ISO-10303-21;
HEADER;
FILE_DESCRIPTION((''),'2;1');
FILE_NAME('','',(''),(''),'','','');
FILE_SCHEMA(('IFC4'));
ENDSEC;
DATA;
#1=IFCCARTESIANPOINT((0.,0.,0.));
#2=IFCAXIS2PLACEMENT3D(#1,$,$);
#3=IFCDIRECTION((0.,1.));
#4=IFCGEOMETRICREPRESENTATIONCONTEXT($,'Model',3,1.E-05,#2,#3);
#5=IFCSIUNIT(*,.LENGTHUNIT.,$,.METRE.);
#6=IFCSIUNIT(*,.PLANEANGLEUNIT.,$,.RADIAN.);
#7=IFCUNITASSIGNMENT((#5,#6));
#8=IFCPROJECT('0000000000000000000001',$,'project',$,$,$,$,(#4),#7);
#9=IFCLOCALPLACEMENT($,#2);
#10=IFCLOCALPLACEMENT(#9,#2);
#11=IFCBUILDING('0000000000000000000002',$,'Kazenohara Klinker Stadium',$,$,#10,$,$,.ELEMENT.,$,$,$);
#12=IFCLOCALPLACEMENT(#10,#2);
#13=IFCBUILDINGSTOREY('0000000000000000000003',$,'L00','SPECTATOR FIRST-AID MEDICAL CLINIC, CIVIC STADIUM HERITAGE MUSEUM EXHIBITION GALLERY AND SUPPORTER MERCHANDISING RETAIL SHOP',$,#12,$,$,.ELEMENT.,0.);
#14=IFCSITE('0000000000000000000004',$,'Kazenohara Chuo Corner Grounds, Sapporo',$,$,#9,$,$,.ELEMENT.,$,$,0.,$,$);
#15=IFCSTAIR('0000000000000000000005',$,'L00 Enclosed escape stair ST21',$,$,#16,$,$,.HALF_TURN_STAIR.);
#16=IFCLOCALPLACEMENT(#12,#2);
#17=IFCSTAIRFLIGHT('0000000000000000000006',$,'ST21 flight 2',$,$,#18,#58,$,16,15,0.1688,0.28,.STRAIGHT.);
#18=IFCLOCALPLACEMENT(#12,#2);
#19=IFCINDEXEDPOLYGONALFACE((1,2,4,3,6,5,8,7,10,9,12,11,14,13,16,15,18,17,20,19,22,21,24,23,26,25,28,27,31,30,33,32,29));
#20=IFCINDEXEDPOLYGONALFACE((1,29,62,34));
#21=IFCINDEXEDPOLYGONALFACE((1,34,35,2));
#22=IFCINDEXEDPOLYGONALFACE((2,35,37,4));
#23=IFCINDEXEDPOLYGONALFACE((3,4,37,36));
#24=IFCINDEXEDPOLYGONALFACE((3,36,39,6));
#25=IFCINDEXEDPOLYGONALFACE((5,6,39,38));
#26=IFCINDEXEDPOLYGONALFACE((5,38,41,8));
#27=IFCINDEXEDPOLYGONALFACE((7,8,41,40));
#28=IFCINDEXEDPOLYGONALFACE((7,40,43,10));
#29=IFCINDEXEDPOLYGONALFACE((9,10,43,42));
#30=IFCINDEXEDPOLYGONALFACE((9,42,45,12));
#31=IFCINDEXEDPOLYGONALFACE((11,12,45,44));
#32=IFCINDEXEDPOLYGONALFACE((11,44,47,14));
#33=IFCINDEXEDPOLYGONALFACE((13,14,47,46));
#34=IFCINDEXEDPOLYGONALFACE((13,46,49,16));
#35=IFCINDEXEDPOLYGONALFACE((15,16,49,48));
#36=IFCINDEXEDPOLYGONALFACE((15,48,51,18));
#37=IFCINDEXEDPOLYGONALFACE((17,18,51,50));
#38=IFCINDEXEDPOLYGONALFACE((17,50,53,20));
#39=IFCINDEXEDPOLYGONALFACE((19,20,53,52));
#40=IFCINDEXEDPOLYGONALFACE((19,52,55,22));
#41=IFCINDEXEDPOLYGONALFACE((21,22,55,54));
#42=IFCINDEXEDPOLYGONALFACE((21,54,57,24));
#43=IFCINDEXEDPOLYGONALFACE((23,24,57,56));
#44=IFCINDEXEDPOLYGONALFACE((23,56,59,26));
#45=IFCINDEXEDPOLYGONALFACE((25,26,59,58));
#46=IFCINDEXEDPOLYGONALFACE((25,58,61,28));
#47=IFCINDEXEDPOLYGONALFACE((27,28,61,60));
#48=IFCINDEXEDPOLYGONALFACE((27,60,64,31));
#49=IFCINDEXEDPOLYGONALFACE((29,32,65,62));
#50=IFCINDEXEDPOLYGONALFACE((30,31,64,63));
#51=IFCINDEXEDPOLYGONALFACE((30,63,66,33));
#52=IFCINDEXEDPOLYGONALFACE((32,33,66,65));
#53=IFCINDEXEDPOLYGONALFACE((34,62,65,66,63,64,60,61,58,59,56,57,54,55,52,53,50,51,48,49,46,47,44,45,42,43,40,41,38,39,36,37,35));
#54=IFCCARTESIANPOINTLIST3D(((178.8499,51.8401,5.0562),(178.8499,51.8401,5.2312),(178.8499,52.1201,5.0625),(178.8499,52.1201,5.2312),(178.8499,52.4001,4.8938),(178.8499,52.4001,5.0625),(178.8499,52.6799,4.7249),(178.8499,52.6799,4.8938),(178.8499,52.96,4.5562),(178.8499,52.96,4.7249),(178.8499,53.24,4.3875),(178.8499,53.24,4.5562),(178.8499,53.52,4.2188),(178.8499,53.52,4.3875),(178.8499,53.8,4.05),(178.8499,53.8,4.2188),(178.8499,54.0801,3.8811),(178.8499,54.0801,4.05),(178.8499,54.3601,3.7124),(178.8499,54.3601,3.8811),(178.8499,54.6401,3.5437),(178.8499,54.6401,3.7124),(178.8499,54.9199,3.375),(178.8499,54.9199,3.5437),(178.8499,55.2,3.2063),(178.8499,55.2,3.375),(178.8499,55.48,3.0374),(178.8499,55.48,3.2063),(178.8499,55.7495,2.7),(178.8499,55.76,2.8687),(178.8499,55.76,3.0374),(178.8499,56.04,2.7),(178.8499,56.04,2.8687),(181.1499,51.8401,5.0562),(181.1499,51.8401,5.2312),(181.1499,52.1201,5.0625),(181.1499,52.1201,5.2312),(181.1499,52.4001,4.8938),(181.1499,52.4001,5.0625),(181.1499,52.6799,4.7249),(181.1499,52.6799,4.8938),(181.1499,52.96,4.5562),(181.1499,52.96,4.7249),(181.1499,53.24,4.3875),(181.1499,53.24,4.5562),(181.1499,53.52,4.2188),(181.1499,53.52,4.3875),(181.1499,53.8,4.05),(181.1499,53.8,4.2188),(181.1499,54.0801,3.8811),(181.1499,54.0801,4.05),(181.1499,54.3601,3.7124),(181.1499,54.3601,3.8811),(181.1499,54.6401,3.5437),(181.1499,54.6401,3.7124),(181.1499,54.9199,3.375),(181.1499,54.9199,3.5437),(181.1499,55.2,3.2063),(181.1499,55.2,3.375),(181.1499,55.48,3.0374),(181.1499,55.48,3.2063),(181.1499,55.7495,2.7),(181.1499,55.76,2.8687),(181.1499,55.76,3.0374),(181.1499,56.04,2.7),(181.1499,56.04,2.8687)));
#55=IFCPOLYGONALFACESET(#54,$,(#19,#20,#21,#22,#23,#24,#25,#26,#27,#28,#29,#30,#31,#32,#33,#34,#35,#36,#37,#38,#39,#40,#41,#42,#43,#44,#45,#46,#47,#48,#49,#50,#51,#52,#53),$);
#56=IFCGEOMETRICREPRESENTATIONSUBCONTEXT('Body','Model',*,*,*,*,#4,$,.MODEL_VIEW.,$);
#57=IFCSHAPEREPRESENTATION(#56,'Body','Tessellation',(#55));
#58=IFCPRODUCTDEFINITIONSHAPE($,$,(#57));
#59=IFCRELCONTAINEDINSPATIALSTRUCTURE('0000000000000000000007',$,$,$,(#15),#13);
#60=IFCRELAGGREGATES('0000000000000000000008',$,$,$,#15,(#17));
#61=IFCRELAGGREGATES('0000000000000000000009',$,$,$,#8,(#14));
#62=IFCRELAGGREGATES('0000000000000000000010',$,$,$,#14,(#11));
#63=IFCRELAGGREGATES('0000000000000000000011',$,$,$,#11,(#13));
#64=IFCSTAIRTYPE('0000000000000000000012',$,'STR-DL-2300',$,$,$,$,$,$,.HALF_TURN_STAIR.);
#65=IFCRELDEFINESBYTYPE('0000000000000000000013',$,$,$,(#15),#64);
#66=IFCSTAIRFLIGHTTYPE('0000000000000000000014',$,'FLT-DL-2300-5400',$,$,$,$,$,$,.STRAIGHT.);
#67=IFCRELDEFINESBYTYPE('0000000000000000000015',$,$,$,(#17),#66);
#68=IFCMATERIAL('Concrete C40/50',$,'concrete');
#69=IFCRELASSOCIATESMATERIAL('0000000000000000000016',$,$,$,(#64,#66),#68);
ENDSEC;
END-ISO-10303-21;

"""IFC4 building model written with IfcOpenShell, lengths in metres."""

from ifc_helpers import new_model, si_unit, direction, frame, origin, place, context, subcontext, project, spatial, polyline, outline, extrude, material, type_object, element, aggregate, save


model = new_model("IFC4")

# Units and contexts
model_context = context("Model", 3, precision=1e-05, world=origin(), true_north=direction((0.0, 1.0)))
body_context = subcontext(model_context, "Body", "Model", "MODEL_VIEW")
ifc_project = project(units=[si_unit("LENGTHUNIT", "METRE"), si_unit("PLANEANGLEUNIT", "RADIAN")], contexts=[model_context])

# Site, building, storey
site_placement = place(None, origin())
site = spatial("IfcSite", under=ifc_project, at=site_placement, Name="Kazenohara Chuo Corner Grounds, Sapporo", CompositionType="ELEMENT", RefElevation=0.0)
building_placement = place(site_placement, origin())
building = spatial("IfcBuilding", under=site, at=building_placement, Name="Kazenohara Klinker Stadium", CompositionType="ELEMENT")
storey_placement = place(building_placement, origin())
storey = spatial("IfcBuildingStorey", under=building, at=storey_placement, Name="L00", Description="SPECTATOR FIRST-AID MEDICAL CLINIC, CIVIC STADIUM HERITAGE MUSEUM EXHIBITION GALLERY AND SUPPORTER MERCHANDISING RETAIL SHOP", CompositionType="ELEMENT", Elevation=0.0)

# Shared definitions
ifc_material_1 = material(Name="Concrete C40/50", Category="concrete")

# Stair, stair flight
stair_type = type_object("IfcStairType", Name="STR-DL-2300", PredefinedType="HALF_TURN_STAIR", material=ifc_material_1)
stair_placement = place(storey_placement, origin())
stair = element("IfcStair", 1, at=stair_placement, inside=storey, type_object=stair_type, Name="L00 Enclosed escape stair ST21", PredefinedType="HALF_TURN_STAIR")
stair_flight_type = type_object("IfcStairFlightType", Name="FLT-DL-2300-5400", PredefinedType="STRAIGHT", material=ifc_material_1)
stair_flight_1_placement = place(storey_placement, frame((180.0, 56.04, 2.7), z_axis=(0.0, 0.0, 1.0), x_axis=(0.0, -1.0, 0.0)))
stair_flight_1 = element("IfcStairFlight", 2, at=stair_flight_1_placement, type_object=stair_flight_type, Name="ST21 flight 2", NumberOfRisers=16, NumberOfTreads=15, PredefinedType="STRAIGHT", RiserHeight=0.1688, TreadLength=0.28, context=body_context, shape_type="SweptSolid", body=[
    extrude(outline(polyline([(0.0, 0.0), (0.0, 0.1687), (0.28, 0.1687), (0.28, 0.3374), (0.5601, 0.3374), (0.5601, 0.5063), (0.8401, 0.5063), (0.8401, 0.675), (1.1201, 0.675), (1.1201, 0.8438), (1.3999, 0.8438), (1.3999, 1.0125), (1.6799, 1.0125), (1.6799, 1.1812), (1.96, 1.1812), (1.96, 1.3501), (2.24, 1.3501), (2.24, 1.5188), (2.52, 1.5188), (2.52, 1.6875), (2.8, 1.6875), (2.8, 1.8562), (3.0801, 1.8562), (3.0801, 2.0249), (3.3601, 2.0249), (3.3601, 2.1938), (3.6399, 2.1938), (3.6399, 2.3625), (3.9199, 2.3625), (3.9199, 2.5312), (4.2, 2.5312), (4.2, 2.7), (4.2, 2.3562), (0.2905, 0.0), (0.0, 0.0)])), frame((0.0, 1.1499, 0.0), z_axis=(0.0, -1.0, 0.0), x_axis=(1.0, 0.0, 0.0)), (0.0, 0.0, 1.0), 2.3),
])
aggregate(stair, [stair_flight_1])

save(model, "model.ifc")
